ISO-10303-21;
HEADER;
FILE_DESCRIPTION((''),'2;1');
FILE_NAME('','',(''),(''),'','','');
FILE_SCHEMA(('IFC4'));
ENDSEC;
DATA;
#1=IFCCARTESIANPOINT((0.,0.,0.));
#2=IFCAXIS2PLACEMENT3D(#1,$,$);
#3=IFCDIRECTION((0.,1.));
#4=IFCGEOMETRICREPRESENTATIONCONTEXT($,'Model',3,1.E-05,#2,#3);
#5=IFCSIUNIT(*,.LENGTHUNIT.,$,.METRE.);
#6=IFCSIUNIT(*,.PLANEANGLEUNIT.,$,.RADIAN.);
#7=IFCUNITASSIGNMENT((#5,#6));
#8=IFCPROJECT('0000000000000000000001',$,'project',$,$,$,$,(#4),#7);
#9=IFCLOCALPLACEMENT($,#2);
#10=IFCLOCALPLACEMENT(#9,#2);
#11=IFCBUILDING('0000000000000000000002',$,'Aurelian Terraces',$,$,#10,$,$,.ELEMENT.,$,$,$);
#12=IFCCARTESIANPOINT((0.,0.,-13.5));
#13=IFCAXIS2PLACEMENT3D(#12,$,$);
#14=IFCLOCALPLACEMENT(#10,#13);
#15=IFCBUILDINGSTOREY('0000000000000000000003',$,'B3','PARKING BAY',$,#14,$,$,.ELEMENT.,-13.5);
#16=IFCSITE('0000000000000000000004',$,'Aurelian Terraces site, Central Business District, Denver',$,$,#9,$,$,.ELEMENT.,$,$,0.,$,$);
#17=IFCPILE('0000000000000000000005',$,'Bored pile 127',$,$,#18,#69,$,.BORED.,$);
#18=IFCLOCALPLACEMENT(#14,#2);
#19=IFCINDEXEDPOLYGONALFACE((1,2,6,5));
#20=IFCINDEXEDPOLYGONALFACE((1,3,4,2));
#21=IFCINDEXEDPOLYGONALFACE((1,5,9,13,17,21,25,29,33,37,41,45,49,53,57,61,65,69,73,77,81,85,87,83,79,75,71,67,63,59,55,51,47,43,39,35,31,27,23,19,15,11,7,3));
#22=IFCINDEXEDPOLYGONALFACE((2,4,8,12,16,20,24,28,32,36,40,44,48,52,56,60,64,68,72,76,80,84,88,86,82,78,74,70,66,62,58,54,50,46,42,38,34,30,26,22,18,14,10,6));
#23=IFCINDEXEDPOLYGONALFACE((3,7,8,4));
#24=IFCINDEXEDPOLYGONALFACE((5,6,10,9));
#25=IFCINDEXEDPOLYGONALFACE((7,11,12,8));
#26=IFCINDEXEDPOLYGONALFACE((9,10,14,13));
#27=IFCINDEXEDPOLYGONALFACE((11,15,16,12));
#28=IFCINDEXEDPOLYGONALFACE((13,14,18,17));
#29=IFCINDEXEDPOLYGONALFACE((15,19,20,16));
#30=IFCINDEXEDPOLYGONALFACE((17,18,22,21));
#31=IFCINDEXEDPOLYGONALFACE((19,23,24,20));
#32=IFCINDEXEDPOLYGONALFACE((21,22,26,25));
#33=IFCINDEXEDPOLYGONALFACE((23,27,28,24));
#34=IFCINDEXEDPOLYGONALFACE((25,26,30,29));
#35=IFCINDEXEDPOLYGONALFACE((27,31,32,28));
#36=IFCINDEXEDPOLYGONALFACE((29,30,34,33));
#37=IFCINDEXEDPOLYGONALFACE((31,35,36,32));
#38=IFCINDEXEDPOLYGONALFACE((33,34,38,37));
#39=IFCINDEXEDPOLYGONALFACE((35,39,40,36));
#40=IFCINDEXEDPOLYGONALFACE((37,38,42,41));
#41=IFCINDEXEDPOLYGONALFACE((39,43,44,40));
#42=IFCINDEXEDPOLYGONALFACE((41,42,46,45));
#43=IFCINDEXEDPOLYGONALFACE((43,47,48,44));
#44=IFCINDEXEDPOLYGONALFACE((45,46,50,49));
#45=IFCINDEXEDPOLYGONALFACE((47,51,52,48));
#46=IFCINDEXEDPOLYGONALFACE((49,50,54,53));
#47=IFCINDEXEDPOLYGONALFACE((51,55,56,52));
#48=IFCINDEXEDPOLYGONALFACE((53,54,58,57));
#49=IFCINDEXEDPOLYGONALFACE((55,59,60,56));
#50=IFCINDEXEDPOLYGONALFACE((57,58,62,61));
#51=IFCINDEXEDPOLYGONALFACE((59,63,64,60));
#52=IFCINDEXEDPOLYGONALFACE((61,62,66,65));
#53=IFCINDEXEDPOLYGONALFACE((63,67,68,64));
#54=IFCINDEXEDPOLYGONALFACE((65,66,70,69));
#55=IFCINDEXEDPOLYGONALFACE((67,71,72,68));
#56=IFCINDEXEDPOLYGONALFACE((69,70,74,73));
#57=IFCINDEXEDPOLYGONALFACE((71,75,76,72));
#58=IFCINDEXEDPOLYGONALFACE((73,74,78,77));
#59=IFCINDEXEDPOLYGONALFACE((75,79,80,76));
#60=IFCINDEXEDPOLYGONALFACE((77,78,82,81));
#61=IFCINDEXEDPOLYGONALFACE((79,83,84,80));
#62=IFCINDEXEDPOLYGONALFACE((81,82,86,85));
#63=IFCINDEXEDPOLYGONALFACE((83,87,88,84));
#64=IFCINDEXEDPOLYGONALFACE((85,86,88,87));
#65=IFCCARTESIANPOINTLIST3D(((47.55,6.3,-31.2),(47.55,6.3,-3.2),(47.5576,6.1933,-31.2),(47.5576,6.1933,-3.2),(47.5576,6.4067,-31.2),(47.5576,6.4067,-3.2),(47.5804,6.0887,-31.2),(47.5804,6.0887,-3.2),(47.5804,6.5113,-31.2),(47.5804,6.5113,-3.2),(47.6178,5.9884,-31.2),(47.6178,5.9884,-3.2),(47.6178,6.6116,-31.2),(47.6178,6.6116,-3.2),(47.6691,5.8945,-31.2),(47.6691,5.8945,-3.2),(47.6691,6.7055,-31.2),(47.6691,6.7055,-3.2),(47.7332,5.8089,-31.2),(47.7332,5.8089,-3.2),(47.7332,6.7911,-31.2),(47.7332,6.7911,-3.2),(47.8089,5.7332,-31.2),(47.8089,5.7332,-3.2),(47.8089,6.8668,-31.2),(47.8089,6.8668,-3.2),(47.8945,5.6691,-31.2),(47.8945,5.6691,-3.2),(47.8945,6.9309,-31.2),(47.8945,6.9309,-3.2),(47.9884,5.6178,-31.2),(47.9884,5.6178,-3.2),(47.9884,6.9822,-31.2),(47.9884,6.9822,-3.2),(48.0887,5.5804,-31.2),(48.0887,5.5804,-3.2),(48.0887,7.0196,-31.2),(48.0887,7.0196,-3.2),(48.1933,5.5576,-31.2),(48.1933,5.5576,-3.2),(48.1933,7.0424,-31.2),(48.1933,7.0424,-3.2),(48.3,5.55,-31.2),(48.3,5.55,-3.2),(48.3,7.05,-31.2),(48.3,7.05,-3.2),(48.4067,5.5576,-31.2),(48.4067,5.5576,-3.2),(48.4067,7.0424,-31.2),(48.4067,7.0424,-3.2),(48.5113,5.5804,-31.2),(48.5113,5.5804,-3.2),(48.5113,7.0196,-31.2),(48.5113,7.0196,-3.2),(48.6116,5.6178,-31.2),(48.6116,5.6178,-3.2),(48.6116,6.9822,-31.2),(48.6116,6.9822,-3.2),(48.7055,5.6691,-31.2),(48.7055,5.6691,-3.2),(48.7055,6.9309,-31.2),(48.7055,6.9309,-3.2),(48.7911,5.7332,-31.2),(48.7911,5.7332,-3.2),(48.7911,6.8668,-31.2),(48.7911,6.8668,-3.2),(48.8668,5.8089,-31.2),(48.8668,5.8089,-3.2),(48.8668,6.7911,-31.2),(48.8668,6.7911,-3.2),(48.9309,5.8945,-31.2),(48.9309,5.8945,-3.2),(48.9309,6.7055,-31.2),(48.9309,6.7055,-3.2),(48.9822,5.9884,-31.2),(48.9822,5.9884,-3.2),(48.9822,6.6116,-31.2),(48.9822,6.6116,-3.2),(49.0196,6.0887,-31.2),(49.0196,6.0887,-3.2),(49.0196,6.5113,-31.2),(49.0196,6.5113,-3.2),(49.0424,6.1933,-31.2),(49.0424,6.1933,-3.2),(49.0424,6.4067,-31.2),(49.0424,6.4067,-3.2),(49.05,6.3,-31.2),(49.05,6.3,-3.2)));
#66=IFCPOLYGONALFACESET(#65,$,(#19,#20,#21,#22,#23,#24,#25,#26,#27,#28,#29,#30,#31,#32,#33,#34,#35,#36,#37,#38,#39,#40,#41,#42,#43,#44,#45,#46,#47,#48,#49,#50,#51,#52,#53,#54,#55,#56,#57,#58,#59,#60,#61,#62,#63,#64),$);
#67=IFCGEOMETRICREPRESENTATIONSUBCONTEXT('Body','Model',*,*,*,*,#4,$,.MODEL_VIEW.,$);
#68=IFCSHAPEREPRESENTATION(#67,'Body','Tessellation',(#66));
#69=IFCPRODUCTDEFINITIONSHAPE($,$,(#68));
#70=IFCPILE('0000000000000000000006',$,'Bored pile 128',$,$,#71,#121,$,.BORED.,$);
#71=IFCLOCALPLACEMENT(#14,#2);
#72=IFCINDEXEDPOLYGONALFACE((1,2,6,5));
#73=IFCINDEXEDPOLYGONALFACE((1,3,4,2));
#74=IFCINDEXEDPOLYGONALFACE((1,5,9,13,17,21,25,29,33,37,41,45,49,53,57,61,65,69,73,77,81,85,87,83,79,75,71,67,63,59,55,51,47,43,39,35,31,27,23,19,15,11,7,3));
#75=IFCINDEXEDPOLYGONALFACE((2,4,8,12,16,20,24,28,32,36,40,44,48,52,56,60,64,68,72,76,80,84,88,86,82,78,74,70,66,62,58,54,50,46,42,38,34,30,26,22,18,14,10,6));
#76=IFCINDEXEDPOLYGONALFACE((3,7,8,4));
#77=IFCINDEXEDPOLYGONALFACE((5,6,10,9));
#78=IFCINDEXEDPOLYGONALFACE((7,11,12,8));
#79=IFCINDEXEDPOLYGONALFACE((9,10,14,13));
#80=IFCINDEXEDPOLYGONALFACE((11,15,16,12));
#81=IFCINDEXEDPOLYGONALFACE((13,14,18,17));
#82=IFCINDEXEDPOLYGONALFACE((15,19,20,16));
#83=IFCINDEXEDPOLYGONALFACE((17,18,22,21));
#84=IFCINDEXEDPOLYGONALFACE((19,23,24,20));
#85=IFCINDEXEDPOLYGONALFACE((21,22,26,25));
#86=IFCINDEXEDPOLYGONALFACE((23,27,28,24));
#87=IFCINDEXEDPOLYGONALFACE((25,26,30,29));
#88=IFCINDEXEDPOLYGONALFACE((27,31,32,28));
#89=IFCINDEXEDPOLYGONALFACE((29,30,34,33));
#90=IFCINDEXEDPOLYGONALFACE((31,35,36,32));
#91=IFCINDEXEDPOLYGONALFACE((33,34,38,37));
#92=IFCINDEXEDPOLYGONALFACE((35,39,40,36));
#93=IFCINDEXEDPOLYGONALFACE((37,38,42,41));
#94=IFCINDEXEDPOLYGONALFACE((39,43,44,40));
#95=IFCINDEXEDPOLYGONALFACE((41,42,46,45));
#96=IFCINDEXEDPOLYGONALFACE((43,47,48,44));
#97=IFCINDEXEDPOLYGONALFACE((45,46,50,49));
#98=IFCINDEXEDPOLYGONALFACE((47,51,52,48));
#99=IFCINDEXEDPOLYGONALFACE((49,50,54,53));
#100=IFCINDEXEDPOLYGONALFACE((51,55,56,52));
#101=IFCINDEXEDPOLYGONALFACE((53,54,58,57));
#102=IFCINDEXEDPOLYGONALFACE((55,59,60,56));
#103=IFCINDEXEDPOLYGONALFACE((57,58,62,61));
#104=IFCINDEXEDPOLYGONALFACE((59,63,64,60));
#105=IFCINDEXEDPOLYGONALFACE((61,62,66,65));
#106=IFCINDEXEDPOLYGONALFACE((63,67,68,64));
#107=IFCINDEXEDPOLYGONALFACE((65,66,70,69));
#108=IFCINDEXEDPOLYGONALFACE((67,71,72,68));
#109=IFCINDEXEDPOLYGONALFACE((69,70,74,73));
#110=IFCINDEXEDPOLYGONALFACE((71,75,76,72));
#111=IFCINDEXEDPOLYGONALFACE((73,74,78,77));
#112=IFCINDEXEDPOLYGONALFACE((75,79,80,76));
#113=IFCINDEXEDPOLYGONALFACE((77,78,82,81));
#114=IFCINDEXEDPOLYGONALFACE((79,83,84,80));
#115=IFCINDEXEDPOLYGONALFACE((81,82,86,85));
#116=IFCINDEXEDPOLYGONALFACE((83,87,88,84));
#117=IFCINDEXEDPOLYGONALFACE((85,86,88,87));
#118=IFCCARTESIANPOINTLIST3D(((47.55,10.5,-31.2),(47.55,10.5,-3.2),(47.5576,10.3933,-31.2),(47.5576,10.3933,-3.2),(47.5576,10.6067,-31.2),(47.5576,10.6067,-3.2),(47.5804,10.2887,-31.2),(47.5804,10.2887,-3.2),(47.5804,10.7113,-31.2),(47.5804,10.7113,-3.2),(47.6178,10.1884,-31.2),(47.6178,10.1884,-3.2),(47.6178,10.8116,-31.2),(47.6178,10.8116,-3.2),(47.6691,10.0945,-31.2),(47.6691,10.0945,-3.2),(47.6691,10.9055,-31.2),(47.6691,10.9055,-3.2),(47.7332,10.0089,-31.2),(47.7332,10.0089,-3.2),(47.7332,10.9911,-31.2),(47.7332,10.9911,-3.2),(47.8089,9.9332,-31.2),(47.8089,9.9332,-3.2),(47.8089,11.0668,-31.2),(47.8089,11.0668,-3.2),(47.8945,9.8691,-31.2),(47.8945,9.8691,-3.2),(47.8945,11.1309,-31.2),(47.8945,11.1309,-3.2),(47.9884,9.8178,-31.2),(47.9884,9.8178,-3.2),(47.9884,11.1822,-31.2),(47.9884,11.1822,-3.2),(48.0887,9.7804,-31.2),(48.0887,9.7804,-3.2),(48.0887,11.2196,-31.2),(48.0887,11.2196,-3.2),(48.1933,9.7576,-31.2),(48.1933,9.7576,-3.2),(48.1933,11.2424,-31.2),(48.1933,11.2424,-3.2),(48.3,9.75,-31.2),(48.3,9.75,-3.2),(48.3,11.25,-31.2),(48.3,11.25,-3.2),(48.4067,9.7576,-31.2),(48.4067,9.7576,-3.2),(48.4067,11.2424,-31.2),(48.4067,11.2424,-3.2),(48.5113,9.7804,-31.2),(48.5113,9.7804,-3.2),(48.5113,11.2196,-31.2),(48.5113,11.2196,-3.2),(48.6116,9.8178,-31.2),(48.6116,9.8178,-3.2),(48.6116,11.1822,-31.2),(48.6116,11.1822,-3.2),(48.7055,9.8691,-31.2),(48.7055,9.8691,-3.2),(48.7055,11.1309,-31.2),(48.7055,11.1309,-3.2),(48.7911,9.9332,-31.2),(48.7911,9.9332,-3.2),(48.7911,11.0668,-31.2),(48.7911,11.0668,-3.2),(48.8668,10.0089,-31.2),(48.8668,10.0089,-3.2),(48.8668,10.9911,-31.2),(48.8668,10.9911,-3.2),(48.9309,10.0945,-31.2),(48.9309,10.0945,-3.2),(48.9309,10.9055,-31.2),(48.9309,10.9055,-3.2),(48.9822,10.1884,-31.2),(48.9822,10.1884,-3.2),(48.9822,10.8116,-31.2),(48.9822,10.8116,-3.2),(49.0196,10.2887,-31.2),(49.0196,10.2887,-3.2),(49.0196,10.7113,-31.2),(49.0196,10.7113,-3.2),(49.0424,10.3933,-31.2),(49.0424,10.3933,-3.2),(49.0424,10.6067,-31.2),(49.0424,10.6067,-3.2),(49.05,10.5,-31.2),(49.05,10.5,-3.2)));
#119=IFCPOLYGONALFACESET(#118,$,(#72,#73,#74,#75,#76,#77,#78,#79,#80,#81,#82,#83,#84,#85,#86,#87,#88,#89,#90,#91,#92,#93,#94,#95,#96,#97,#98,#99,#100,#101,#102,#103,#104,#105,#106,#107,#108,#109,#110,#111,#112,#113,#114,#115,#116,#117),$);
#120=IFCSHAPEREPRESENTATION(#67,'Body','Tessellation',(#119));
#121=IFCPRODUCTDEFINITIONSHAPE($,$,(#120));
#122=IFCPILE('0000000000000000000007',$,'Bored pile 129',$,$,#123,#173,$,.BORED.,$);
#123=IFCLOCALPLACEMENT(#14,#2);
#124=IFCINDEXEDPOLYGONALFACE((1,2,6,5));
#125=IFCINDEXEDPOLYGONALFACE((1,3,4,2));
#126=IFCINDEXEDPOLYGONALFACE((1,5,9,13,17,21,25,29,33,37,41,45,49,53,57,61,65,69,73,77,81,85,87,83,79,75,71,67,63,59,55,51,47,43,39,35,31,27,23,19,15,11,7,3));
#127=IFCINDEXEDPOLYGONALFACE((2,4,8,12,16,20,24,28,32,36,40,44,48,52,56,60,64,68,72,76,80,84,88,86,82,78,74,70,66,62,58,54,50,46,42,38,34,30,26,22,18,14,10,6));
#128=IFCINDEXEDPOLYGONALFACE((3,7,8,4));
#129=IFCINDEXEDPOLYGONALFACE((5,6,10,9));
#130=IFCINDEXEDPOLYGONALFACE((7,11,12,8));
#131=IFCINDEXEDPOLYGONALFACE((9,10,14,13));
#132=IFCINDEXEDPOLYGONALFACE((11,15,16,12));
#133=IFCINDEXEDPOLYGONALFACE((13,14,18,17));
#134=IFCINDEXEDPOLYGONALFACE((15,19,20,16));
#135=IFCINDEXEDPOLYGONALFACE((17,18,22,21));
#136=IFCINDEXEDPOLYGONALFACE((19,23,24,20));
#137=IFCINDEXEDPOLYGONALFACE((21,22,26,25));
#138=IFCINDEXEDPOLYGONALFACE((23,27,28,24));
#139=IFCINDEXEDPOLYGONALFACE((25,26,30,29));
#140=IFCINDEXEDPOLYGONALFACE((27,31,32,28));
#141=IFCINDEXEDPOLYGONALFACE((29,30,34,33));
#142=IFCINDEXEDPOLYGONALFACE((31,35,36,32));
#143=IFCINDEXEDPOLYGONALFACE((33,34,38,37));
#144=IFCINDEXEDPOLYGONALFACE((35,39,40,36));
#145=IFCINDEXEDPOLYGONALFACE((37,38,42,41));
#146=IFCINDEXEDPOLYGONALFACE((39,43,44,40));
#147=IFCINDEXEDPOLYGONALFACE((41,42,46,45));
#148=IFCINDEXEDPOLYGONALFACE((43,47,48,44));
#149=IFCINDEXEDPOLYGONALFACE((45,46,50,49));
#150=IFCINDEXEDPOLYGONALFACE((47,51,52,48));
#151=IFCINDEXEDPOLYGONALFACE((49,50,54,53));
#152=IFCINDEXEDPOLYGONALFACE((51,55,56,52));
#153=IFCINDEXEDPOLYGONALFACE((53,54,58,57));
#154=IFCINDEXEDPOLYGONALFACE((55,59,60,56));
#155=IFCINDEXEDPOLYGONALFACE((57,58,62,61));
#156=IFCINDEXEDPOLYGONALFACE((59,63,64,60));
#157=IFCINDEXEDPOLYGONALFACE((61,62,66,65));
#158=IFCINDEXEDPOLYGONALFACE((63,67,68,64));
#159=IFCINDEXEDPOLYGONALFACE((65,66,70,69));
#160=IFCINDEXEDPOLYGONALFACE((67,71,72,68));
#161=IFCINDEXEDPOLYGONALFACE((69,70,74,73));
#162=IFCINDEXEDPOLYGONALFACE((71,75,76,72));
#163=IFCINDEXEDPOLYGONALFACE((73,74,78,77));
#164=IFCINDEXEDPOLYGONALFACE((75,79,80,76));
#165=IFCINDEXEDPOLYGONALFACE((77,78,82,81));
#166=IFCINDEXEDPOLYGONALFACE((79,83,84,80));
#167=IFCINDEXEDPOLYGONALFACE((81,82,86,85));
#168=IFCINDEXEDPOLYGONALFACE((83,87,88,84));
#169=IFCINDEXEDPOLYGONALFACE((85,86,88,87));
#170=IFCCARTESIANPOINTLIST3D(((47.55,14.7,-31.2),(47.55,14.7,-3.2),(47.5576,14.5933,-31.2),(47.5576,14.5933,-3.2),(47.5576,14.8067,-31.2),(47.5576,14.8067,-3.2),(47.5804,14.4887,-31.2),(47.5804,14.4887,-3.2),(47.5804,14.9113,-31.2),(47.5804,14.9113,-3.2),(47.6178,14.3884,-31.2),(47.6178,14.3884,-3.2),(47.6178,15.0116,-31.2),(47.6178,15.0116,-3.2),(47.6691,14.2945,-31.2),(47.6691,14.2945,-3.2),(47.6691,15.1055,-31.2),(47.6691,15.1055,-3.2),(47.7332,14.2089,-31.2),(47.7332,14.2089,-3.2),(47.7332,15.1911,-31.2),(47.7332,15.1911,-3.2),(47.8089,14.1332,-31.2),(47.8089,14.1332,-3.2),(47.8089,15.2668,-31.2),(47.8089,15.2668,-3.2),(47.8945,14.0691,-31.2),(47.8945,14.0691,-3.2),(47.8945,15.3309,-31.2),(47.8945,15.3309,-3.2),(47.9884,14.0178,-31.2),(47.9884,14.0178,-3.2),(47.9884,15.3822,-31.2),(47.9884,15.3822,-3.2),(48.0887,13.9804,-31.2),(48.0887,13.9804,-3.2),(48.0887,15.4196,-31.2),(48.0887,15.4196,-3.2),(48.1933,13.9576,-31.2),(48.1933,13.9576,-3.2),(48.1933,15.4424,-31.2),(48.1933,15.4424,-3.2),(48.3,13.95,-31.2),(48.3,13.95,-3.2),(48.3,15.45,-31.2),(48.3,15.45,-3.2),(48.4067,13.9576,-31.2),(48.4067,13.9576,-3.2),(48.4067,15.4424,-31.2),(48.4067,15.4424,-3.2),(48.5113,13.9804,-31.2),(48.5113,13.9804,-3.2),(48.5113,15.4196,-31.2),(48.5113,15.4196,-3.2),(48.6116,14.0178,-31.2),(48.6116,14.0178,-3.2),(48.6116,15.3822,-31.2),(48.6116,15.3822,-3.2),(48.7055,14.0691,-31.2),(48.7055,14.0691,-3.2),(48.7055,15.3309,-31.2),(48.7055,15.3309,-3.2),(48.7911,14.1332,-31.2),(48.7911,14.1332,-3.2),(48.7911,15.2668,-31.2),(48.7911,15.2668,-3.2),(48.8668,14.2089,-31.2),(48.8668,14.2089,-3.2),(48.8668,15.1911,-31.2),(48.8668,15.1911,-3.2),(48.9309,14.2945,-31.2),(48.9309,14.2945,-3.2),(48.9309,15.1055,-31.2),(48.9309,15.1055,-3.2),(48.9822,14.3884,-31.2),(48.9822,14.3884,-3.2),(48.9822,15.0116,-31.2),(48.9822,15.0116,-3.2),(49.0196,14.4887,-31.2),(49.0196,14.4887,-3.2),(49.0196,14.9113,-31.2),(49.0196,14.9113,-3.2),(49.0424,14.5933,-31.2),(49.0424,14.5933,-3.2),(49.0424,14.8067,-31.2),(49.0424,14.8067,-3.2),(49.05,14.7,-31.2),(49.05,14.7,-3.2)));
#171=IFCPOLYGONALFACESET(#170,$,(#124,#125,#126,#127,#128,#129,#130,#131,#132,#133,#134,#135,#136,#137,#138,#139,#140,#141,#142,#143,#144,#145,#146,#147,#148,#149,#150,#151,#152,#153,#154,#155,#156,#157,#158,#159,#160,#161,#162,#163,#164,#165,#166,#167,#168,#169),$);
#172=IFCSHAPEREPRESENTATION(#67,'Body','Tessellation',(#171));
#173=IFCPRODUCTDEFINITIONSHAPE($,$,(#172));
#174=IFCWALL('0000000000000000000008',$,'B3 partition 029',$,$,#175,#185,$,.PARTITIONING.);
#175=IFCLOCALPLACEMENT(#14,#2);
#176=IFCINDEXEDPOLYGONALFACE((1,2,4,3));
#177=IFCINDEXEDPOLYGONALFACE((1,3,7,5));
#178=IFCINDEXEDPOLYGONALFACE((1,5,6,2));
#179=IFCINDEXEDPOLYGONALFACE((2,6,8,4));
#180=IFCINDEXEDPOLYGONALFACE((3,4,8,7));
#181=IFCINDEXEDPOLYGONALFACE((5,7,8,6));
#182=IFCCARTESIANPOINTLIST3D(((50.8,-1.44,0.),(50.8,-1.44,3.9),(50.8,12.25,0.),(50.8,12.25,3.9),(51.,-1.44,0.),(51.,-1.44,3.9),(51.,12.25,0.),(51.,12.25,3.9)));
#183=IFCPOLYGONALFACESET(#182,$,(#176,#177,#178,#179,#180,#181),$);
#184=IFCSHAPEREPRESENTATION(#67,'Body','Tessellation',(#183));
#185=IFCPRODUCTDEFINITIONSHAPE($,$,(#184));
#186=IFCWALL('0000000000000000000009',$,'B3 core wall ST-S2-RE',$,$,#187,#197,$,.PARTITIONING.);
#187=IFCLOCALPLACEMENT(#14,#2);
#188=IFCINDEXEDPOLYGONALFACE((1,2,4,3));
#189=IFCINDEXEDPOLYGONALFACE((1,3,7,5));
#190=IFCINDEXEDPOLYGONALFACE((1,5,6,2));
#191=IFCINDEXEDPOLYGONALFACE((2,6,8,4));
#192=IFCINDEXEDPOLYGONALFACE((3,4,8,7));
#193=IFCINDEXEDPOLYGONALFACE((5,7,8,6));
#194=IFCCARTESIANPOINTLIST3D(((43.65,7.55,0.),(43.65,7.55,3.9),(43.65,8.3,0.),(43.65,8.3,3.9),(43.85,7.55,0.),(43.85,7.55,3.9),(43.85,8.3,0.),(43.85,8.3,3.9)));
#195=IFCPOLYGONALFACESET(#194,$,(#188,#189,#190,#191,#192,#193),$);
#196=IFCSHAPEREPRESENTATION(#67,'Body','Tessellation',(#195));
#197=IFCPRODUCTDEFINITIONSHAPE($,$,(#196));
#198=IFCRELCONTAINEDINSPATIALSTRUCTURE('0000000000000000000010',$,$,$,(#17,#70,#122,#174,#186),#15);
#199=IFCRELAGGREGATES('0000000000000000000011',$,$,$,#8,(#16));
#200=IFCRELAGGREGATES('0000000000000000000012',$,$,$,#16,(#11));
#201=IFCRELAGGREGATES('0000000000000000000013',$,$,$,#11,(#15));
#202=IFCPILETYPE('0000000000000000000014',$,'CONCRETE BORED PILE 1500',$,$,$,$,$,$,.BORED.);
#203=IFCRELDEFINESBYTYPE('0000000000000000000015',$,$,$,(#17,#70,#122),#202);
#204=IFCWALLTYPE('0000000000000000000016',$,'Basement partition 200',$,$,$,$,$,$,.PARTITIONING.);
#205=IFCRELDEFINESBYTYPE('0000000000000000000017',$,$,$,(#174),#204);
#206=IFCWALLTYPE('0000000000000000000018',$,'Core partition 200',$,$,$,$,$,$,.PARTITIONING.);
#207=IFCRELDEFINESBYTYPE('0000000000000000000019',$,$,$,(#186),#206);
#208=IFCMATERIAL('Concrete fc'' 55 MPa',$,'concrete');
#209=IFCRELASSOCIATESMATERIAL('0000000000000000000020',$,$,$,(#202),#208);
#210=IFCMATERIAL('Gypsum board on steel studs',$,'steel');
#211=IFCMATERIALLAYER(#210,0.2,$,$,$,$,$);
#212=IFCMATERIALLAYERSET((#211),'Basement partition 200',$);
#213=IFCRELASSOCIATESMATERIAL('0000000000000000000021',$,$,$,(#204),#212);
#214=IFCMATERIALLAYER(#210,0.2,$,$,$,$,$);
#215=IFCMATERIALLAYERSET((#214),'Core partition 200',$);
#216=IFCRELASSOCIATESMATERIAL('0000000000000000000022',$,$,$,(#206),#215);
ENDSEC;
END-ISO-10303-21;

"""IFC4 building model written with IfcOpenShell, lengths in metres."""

from ifc_helpers import new_model, si_unit, direction, frame, frame_2d, origin, origin_2d, place, context, subcontext, project, spatial, rectangle, circle, extrude, source, transform, mapped, material, layer, layer_set, material_profile, profile_set, type_object, element, save


model = new_model("IFC4")

# Units and contexts
model_context = context("Model", 3, precision=1e-05, world=origin(), true_north=direction((0.0, 1.0)))
body_context = subcontext(model_context, "Body", "Model", "MODEL_VIEW")
ifc_project = project(units=[si_unit("LENGTHUNIT", "METRE"), si_unit("PLANEANGLEUNIT", "RADIAN")], contexts=[model_context])

# Site, building, storey
site_placement = place(None, origin())
site = spatial("IfcSite", under=ifc_project, at=site_placement, Name="Aurelian Terraces site, Central Business District, Denver", CompositionType="ELEMENT", RefElevation=0.0)
building_placement = place(site_placement, origin())
building = spatial("IfcBuilding", under=site, at=building_placement, Name="Aurelian Terraces", CompositionType="ELEMENT")
storey_placement = place(building_placement, frame((0.0, 0.0, -13.5)))
storey = spatial("IfcBuildingStorey", under=building, at=storey_placement, Name="B3", Description="PARKING BAY", CompositionType="ELEMENT", Elevation=-13.5)

# Piles
ifc_material_1 = material(Name="Concrete fc' 55 MPa", Category="concrete")
ifc_material_profile = material_profile(ifc_material_1, circle(Radius=0.75, at=origin_2d()))
ifc_profile_set = profile_set([ifc_material_profile], Name="Concrete fc' 55 MPa")
pile_type = type_object("IfcPileType", Name="CONCRETE BORED PILE 1500", PredefinedType="BORED", material=ifc_profile_set)
shared_shape_1 = source(origin(), body_context, "Body", "SweptSolid", [
    extrude(circle(Radius=0.75, at=origin_2d()), origin(), (0.0, 0.0, 1.0), 28.0),
])
for number, where, z_axis, x_axis, name in (
    (1, (48.3, 6.3, -3.2), (0.0, 0.0, -1.0), (1.0, 0.0, 0.0), "Bored pile 127"),
    (2, (48.3, 10.5, -3.2), (0.0, 0.0, -1.0), (1.0, 0.0, 0.0), "Bored pile 128"),
    (3, (48.3, 14.7, -3.2), (0.0, 0.0, -1.0), (1.0, 0.0, 0.0), "Bored pile 129"),
):
    element("IfcPile", number, at=place(storey_placement, frame(where, z_axis=z_axis, x_axis=x_axis)), inside=storey, type_object=pile_type, Name=name, PredefinedType="BORED", context=body_context, shape_type="MappedRepresentation", body=[
        mapped(shared_shape_1, transform((0.0, 0.0, 0.0), scale=1.0)),
    ])

# Walls
ifc_material_2 = material(Name="Gypsum board on steel studs", Category="steel")
ifc_layer_1 = layer(ifc_material_2, 0.2)
ifc_layer_set_1 = layer_set([ifc_layer_1], Name="Basement partition 200")
wall_type_1 = type_object("IfcWallType", Name="Basement partition 200", PredefinedType="PARTITIONING", material=ifc_layer_set_1)
wall_1_placement = place(storey_placement, frame((50.9, -1.44, 0.0), z_axis=(0.0, 0.0, 1.0), x_axis=(0.0, 1.0, 0.0)))
element("IfcWall", 4, at=wall_1_placement, inside=storey, type_object=wall_type_1, Name="B3 partition 029", PredefinedType="PARTITIONING", context=body_context, shape_type="SweptSolid", body=[
    extrude(rectangle(XDim=13.69, YDim=0.2, at=frame_2d((6.845, 0.0))), origin(), (0.0, 0.0, 1.0), 3.9),
])
ifc_layer_2 = layer(ifc_material_2, 0.2)
ifc_layer_set_2 = layer_set([ifc_layer_2], Name="Core partition 200")
wall_type_2 = type_object("IfcWallType", Name="Core partition 200", PredefinedType="PARTITIONING", material=ifc_layer_set_2)
wall_2_placement = place(storey_placement, frame((43.75, 7.55, 0.0), z_axis=(0.0, 0.0, 1.0), x_axis=(0.0, 1.0, 0.0)))
element("IfcWall", 5, at=wall_2_placement, inside=storey, type_object=wall_type_2, Name="B3 core wall ST-S2-RE", PredefinedType="PARTITIONING", context=body_context, shape_type="SweptSolid", body=[
    extrude(rectangle(XDim=0.75, YDim=0.2, at=frame_2d((0.375, 0.0))), origin(), (0.0, 0.0, 1.0), 3.9),
])

save(model, "model.ifc")
